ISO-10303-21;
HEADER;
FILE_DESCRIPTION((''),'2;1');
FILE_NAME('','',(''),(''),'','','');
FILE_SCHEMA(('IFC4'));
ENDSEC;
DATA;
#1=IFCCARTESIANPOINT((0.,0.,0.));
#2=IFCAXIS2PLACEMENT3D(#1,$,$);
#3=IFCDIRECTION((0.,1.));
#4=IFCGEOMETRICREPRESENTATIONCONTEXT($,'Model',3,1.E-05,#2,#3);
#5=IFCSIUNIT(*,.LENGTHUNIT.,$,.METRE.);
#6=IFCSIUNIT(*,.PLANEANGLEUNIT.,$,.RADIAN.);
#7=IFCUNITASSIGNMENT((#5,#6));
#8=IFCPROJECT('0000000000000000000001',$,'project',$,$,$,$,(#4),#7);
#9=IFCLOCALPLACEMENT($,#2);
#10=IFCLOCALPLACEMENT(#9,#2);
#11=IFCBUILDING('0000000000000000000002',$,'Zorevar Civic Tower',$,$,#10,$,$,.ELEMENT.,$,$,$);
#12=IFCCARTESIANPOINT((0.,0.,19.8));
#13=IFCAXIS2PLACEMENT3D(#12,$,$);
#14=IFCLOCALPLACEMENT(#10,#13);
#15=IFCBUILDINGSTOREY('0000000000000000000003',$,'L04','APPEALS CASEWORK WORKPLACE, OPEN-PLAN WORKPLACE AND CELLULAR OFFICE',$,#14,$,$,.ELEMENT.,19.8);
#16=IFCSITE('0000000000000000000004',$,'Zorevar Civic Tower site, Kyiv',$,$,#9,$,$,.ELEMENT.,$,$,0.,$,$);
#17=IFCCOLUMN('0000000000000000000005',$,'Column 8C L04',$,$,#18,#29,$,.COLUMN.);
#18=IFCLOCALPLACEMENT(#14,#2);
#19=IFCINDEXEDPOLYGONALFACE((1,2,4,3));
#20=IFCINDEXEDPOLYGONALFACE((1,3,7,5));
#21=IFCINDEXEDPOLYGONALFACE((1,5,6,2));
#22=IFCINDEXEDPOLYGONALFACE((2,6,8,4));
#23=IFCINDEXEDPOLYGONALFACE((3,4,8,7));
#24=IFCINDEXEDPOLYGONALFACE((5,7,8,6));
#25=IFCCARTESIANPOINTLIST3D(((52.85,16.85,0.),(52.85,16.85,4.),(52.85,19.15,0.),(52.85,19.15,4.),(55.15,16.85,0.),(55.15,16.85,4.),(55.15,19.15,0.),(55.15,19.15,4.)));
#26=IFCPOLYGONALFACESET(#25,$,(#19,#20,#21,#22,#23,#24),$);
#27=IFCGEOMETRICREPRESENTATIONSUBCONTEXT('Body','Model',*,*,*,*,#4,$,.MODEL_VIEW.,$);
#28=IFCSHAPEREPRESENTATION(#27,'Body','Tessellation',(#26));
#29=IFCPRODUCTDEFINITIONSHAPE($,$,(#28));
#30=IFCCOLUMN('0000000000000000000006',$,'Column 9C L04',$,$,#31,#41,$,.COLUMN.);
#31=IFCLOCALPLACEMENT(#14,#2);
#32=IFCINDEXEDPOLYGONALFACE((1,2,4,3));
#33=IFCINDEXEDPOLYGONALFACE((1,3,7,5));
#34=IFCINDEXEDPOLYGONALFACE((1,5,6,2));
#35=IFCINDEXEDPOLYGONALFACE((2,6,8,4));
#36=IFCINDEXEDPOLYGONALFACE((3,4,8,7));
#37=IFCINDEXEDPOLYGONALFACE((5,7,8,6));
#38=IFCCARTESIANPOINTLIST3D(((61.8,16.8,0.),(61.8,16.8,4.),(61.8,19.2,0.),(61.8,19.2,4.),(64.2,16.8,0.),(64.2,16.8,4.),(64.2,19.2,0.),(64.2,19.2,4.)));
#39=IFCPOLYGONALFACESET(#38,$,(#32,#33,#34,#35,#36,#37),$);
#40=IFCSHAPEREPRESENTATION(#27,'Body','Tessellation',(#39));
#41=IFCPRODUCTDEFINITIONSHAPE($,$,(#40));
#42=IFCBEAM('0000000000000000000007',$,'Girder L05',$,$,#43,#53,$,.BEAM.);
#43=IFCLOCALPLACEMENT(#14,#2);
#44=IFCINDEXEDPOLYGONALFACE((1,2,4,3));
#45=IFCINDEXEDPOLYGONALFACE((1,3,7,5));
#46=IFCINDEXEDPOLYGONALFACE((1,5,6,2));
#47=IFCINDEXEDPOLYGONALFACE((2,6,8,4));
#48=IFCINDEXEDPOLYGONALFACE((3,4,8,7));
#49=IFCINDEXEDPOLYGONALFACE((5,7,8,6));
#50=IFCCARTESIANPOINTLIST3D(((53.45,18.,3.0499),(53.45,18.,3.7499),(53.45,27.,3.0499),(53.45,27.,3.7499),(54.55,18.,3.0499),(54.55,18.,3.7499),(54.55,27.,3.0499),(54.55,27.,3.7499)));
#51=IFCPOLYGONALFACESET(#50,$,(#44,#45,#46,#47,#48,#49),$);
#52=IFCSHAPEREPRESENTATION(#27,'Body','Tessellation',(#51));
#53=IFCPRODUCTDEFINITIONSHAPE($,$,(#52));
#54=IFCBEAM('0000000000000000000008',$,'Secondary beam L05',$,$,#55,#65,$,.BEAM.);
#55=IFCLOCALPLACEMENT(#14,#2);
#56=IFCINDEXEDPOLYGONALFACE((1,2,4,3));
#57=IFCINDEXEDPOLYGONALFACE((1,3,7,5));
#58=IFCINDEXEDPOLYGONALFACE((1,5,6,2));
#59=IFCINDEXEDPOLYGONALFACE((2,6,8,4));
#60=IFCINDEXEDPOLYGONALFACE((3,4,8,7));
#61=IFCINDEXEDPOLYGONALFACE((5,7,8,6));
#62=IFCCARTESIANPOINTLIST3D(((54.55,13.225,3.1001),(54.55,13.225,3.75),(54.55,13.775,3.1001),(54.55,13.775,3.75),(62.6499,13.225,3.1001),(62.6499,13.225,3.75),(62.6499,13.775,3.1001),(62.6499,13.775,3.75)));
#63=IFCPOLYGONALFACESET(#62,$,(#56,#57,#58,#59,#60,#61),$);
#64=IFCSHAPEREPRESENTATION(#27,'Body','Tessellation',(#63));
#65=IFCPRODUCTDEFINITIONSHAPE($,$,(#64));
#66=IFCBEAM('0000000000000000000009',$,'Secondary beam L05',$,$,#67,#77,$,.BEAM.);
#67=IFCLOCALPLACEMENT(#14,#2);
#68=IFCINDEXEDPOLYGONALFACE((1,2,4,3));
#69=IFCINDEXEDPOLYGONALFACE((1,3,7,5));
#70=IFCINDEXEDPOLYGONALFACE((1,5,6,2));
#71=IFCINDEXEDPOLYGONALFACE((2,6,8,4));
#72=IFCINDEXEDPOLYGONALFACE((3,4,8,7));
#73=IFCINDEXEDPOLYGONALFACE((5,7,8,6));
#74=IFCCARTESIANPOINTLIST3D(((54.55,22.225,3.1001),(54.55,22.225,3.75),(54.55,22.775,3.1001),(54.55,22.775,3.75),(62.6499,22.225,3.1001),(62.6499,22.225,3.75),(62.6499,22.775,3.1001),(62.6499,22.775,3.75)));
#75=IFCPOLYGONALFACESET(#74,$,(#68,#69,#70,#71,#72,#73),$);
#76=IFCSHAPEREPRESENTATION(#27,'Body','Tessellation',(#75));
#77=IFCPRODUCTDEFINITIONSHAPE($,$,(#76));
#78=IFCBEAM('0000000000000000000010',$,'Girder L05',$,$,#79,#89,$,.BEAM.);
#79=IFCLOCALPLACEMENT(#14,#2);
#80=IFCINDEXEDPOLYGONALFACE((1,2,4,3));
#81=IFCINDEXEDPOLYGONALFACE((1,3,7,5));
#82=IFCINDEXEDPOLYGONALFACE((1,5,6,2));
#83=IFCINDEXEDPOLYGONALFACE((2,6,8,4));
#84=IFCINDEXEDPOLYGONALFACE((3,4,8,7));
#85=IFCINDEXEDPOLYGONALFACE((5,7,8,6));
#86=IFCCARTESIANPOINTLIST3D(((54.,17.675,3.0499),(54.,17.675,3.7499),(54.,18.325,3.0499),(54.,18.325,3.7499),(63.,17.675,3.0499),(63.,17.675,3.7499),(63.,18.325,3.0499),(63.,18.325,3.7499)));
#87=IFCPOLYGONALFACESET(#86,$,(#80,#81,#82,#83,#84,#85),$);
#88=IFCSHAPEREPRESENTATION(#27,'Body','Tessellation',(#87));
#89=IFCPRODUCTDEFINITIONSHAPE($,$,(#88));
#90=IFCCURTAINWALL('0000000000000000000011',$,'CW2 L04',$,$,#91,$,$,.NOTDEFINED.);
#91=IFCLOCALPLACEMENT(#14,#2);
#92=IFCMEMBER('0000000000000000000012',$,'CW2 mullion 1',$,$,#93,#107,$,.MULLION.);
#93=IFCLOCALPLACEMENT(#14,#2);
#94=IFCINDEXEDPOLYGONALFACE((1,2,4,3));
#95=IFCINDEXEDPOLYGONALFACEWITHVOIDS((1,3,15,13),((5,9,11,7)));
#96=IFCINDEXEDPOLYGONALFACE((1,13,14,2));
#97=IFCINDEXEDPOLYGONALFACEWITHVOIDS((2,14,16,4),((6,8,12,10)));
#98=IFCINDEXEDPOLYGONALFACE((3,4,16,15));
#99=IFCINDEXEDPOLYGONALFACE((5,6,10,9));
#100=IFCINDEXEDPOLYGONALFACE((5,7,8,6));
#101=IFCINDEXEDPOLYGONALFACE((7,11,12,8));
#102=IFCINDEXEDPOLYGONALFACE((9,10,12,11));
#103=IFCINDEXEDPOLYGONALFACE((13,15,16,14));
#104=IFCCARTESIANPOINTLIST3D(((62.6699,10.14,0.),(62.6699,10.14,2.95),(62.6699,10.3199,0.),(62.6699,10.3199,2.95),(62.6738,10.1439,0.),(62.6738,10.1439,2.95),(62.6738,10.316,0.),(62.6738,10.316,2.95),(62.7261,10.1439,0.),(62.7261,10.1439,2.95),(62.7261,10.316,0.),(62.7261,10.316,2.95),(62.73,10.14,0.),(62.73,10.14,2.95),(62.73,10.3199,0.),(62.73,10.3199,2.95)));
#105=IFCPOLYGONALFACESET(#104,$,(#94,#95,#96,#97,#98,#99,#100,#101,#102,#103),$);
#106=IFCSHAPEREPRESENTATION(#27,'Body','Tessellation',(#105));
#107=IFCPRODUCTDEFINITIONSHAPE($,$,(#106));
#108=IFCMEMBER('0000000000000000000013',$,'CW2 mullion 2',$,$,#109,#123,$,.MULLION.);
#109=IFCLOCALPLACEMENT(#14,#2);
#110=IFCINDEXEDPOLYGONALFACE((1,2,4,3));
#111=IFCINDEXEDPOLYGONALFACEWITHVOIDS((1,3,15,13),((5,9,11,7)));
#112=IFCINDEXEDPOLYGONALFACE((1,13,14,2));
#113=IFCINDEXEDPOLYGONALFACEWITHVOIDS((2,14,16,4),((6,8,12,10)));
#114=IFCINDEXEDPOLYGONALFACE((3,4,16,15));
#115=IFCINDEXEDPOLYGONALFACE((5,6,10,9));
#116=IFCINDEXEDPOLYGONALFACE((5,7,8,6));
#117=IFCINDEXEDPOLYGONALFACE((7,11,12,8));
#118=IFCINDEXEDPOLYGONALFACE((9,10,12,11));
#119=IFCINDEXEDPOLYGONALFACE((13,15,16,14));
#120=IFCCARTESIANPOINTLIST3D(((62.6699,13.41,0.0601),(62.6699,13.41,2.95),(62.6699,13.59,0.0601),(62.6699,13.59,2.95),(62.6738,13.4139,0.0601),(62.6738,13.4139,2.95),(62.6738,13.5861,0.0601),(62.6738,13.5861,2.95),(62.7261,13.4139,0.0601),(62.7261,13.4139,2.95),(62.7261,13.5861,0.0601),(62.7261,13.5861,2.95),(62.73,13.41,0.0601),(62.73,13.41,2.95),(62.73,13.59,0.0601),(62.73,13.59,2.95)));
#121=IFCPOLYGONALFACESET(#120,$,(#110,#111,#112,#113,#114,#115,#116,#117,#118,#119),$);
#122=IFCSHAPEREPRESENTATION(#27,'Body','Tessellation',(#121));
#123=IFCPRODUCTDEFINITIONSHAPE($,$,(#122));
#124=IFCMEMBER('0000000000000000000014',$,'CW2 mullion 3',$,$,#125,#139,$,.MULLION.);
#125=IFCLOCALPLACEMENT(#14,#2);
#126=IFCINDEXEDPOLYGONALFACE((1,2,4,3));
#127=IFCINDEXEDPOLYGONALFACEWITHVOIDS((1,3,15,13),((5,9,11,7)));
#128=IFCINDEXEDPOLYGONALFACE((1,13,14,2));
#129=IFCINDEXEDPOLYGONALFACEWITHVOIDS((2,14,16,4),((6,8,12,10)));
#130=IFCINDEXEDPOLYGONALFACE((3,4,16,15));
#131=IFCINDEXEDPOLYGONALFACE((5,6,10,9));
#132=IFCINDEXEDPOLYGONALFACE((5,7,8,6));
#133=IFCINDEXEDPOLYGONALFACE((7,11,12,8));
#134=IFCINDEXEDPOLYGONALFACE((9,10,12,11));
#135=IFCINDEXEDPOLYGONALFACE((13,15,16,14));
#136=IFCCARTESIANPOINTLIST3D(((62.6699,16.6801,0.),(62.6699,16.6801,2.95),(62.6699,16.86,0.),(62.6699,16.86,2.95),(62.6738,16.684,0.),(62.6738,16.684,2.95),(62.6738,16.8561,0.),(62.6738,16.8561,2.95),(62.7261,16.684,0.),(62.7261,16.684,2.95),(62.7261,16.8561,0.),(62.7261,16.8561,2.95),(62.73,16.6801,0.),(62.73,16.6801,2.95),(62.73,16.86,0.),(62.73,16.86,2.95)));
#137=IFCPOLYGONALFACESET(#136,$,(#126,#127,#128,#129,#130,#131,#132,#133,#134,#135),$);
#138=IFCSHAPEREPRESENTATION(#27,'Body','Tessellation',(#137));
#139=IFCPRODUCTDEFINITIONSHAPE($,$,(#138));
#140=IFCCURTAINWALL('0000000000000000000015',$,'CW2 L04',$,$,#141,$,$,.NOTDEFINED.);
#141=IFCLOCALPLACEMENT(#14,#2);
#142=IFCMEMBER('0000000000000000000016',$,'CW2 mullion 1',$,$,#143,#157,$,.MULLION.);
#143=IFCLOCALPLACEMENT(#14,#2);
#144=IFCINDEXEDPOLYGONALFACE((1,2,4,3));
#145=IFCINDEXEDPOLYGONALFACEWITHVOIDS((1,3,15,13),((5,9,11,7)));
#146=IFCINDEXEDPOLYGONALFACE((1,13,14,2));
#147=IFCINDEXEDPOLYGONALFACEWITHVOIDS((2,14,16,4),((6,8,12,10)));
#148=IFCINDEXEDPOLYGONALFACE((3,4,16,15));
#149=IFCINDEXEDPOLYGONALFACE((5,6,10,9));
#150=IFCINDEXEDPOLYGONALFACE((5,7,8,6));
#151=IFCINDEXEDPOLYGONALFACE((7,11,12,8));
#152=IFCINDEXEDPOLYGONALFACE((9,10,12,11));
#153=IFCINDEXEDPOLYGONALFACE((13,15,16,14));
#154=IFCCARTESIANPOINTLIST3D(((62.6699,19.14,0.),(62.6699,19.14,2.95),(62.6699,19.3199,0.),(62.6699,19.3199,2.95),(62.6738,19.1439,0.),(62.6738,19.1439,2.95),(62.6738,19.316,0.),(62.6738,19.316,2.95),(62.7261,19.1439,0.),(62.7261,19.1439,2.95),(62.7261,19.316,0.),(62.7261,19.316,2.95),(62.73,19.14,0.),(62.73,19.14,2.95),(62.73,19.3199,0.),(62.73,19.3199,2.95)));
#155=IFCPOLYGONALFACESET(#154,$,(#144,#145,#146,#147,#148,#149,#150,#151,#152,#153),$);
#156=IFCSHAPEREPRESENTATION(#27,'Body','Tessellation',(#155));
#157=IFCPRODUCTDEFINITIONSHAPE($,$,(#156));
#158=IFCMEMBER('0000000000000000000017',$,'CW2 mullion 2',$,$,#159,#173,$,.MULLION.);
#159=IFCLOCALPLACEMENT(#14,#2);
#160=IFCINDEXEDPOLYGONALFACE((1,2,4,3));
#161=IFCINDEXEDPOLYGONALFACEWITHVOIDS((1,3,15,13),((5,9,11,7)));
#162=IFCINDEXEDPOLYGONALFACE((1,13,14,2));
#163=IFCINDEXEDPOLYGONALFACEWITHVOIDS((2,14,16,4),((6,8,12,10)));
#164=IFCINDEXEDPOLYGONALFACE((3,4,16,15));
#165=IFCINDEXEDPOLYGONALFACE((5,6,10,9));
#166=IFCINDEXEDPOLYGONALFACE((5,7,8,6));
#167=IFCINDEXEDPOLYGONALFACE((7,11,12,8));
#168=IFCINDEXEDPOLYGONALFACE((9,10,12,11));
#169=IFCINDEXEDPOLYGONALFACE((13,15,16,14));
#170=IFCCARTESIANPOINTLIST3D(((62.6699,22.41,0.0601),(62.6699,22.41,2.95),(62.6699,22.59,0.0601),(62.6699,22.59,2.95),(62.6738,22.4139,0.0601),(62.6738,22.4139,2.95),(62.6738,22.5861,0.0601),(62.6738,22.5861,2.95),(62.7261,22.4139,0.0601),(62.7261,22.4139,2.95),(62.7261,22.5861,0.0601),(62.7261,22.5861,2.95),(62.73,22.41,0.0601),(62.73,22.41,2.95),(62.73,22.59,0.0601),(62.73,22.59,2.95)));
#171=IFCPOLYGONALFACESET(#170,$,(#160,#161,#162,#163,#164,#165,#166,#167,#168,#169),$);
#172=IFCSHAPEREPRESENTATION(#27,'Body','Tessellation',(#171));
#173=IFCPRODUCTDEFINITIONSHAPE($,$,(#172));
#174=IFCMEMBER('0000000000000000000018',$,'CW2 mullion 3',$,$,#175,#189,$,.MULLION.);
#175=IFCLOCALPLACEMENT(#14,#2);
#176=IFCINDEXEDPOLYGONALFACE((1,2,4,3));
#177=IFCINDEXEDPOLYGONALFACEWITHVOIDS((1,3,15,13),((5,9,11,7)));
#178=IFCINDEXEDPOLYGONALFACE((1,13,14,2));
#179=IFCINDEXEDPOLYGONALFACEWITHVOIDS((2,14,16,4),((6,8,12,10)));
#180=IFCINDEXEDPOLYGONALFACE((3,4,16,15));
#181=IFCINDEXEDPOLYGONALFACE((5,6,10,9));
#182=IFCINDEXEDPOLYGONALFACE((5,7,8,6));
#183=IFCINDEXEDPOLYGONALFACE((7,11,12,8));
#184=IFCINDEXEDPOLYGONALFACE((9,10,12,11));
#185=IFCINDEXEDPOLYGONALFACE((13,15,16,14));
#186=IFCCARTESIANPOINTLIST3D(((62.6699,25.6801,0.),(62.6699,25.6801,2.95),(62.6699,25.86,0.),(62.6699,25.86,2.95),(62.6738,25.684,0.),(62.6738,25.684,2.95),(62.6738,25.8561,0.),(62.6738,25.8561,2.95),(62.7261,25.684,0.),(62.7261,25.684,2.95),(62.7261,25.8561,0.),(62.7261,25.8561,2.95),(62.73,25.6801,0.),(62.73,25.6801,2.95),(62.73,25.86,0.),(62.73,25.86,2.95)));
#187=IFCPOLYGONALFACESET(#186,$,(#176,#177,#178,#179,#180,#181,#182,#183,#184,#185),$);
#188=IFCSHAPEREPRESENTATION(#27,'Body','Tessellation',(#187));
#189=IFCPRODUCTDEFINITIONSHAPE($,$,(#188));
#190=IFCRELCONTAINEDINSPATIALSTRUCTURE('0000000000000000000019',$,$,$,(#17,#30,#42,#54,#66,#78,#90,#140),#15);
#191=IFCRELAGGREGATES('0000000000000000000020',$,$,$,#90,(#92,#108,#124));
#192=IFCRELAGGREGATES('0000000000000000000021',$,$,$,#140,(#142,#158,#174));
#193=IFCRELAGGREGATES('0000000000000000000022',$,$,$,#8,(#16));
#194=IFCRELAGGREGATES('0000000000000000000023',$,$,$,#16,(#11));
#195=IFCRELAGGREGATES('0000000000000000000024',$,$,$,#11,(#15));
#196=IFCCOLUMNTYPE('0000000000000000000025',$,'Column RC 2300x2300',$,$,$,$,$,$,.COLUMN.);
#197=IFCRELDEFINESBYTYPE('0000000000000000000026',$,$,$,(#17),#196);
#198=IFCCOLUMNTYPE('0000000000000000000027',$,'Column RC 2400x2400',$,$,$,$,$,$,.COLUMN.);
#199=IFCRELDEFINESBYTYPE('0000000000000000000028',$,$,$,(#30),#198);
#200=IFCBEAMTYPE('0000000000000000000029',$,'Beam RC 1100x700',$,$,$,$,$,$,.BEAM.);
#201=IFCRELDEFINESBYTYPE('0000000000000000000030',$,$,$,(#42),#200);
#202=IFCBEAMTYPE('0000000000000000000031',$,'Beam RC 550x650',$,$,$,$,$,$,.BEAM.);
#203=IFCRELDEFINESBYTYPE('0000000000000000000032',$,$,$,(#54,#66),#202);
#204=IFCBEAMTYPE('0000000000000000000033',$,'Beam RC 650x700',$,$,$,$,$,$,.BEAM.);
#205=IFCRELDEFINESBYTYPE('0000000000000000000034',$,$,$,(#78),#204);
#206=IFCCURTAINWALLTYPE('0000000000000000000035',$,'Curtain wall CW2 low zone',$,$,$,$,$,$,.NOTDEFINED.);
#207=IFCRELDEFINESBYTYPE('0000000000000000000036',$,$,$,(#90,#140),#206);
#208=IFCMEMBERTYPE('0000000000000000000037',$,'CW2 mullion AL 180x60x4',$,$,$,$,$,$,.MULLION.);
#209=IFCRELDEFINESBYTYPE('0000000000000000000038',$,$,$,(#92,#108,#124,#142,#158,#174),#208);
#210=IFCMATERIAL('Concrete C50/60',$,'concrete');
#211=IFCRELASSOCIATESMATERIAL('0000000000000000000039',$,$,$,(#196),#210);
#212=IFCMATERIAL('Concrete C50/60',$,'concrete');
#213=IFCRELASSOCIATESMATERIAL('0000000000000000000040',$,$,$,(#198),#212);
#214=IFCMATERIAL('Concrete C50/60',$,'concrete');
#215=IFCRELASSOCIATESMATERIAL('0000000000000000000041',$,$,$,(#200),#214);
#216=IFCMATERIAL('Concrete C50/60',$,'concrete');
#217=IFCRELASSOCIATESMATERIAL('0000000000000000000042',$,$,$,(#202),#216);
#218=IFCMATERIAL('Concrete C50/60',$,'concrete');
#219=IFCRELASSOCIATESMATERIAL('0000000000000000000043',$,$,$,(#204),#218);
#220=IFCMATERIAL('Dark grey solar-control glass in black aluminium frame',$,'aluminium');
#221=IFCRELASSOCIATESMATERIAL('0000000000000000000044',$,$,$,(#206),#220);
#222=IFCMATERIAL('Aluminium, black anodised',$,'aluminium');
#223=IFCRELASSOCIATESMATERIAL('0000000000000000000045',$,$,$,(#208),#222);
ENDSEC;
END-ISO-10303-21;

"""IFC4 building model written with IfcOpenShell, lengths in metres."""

from ifc_helpers import new_model, si_unit, direction, frame, origin, origin_2d, place, context, subcontext, project, spatial, rectangle, hollow_rectangle, extrude, material, material_profile, profile_set, type_object, element, aggregate, save


model = new_model("IFC4")

# Units and contexts
model_context = context("Model", 3, precision=1e-05, world=origin(), true_north=direction((0.0, 1.0)))
body_context = subcontext(model_context, "Body", "Model", "MODEL_VIEW")
ifc_project = project(units=[si_unit("LENGTHUNIT", "METRE"), si_unit("PLANEANGLEUNIT", "RADIAN")], contexts=[model_context])

# Site, building, storey
site_placement = place(None, origin())
site = spatial("IfcSite", under=ifc_project, at=site_placement, Name="Zorevar Civic Tower site, Kyiv", CompositionType="ELEMENT", RefElevation=0.0)
building_placement = place(site_placement, origin())
building = spatial("IfcBuilding", under=site, at=building_placement, Name="Zorevar Civic Tower", CompositionType="ELEMENT")
storey_placement = place(building_placement, frame((0.0, 0.0, 19.8)))
storey = spatial("IfcBuildingStorey", under=building, at=storey_placement, Name="L04", Description="APPEALS CASEWORK WORKPLACE, OPEN-PLAN WORKPLACE AND CELLULAR OFFICE", CompositionType="ELEMENT", Elevation=19.8)

# Columns
ifc_material_1 = material(Name="Concrete C50/60", Category="concrete")
ifc_material_profile_1 = material_profile(ifc_material_1, rectangle(XDim=2.3, YDim=2.3, at=origin_2d()), Name="RC 2300x2300")
ifc_profile_set_1 = profile_set([ifc_material_profile_1], Name="Concrete C50/60")
column_type_1 = type_object("IfcColumnType", Name="Column RC 2300x2300", PredefinedType="COLUMN", material=ifc_profile_set_1)
column_1_placement = place(storey_placement, frame((54.0, 18.0, 0.0), z_axis=(0.0, 0.0, 1.0), x_axis=(1.0, 0.0, 0.0)))
element("IfcColumn", 1, at=column_1_placement, inside=storey, type_object=column_type_1, Name="Column 8C L04", PredefinedType="COLUMN", context=body_context, shape_type="SweptSolid", body=[
    extrude(rectangle(XDim=2.3, YDim=2.3, at=origin_2d()), origin(), (0.0, 0.0, 1.0), 4.0),
])
ifc_material_2 = material(Name="Concrete C50/60", Category="concrete")
ifc_material_profile_2 = material_profile(ifc_material_2, rectangle(XDim=2.3999, YDim=2.3999, at=origin_2d()), Name="RC 2400x2400")
ifc_profile_set_2 = profile_set([ifc_material_profile_2], Name="Concrete C50/60")
column_type_2 = type_object("IfcColumnType", Name="Column RC 2400x2400", PredefinedType="COLUMN", material=ifc_profile_set_2)
column_2_placement = place(storey_placement, frame((63.0, 18.0, 0.0), z_axis=(0.0, 0.0, 1.0), x_axis=(1.0, 0.0, 0.0)))
element("IfcColumn", 2, at=column_2_placement, inside=storey, type_object=column_type_2, Name="Column 9C L04", PredefinedType="COLUMN", context=body_context, shape_type="SweptSolid", body=[
    extrude(rectangle(XDim=2.3999, YDim=2.3999, at=origin_2d()), origin(), (0.0, 0.0, 1.0), 4.0),
])

# Beams
ifc_material_3 = material(Name="Concrete C50/60", Category="concrete")
ifc_material_profile_3 = material_profile(ifc_material_3, rectangle(XDim=1.1001, YDim=0.7, at=origin_2d()), Name="RC 1100x700")
ifc_profile_set_3 = profile_set([ifc_material_profile_3], Name="Concrete C50/60")
beam_type_1 = type_object("IfcBeamType", Name="Beam RC 1100x700", PredefinedType="BEAM", material=ifc_profile_set_3)
beam_1_placement = place(storey_placement, frame((54.0, 18.0, 3.3999), z_axis=(0.0, 1.0, 0.0), x_axis=(-1.0, 0.0, 0.0)))
element("IfcBeam", 3, at=beam_1_placement, inside=storey, type_object=beam_type_1, Name="Girder L05", PredefinedType="BEAM", context=body_context, shape_type="SweptSolid", body=[
    extrude(rectangle(XDim=1.1001, YDim=0.7, at=origin_2d()), origin(), (0.0, 0.0, 1.0), 9.0),
])
ifc_material_4 = material(Name="Concrete C50/60", Category="concrete")
ifc_material_profile_4 = material_profile(ifc_material_4, rectangle(XDim=0.55, YDim=0.6499, at=origin_2d()), Name="RC 550x650")
ifc_profile_set_4 = profile_set([ifc_material_profile_4], Name="Concrete C50/60")
beam_type_2 = type_object("IfcBeamType", Name="Beam RC 550x650", PredefinedType="BEAM", material=ifc_profile_set_4)
for number, where, z_axis, x_axis, name in (
    (4, (54.55, 13.5, 3.425), (1.0, 0.0, 0.0), (0.0, 1.0, 0.0), "Secondary beam L05"),
    (5, (54.55, 22.5, 3.425), (1.0, 0.0, 0.0), (0.0, 1.0, 0.0), "Secondary beam L05"),
):
    element("IfcBeam", number, at=place(storey_placement, frame(where, z_axis=z_axis, x_axis=x_axis)), inside=storey, type_object=beam_type_2, Name=name, PredefinedType="BEAM", context=body_context, shape_type="SweptSolid", body=[
        extrude(rectangle(XDim=0.55, YDim=0.6499, at=origin_2d()), origin(), (0.0, 0.0, 1.0), 8.0999),
    ])
ifc_material_5 = material(Name="Concrete C50/60", Category="concrete")
ifc_material_profile_5 = material_profile(ifc_material_5, rectangle(XDim=0.6499, YDim=0.7, at=origin_2d()), Name="RC 650x700")
ifc_profile_set_5 = profile_set([ifc_material_profile_5], Name="Concrete C50/60")
beam_type_3 = type_object("IfcBeamType", Name="Beam RC 650x700", PredefinedType="BEAM", material=ifc_profile_set_5)
beam_2_placement = place(storey_placement, frame((54.0, 18.0, 3.3999), z_axis=(1.0, 0.0, 0.0), x_axis=(0.0, 1.0, 0.0)))
element("IfcBeam", 6, at=beam_2_placement, inside=storey, type_object=beam_type_3, Name="Girder L05", PredefinedType="BEAM", context=body_context, shape_type="SweptSolid", body=[
    extrude(rectangle(XDim=0.6499, YDim=0.7, at=origin_2d()), origin(), (0.0, 0.0, 1.0), 9.0),
])

# Curtain walls, members
ifc_material_6 = material(Name="Dark grey solar-control glass in black aluminium frame", Category="aluminium")
curtain_wall_type = type_object("IfcCurtainWallType", Name="Curtain wall CW2 low zone", PredefinedType="NOTDEFINED", material=ifc_material_6)
curtain_wall_1_placement = place(storey_placement, origin())
curtain_wall_1 = element("IfcCurtainWall", 7, at=curtain_wall_1_placement, inside=storey, type_object=curtain_wall_type, Name="CW2 L04", PredefinedType="NOTDEFINED")
ifc_material_7 = material(Name="Aluminium, black anodised", Category="aluminium")
ifc_material_profile_6 = material_profile(ifc_material_7, hollow_rectangle(XDim=0.0601, YDim=0.1799, WallThickness=0.0039, at=origin_2d()), Name="AL 180x60x4")
ifc_profile_set_6 = profile_set([ifc_material_profile_6], Name="Aluminium, black anodised")
member_type_1 = type_object("IfcMemberType", Name="CW2 mullion AL 180x60x4", PredefinedType="MULLION", material=ifc_profile_set_6)
member_1_placement = place(storey_placement, frame((62.7, 10.23, 0.0), z_axis=(0.0, 0.0, 1.0), x_axis=(-1.0, 0.0, 0.0)))
member_1 = element("IfcMember", 8, at=member_1_placement, type_object=member_type_1, Name="CW2 mullion 1", PredefinedType="MULLION", context=body_context, shape_type="SweptSolid", body=[
    extrude(hollow_rectangle(XDim=0.0601, YDim=0.1799, WallThickness=0.0039, at=origin_2d()), origin(), (0.0, 0.0, 1.0), 2.95),
])
member_2_placement = place(storey_placement, frame((62.7, 13.5, 0.0601), z_axis=(0.0, 0.0, 1.0), x_axis=(-1.0, 0.0, 0.0)))
member_2 = element("IfcMember", 9, at=member_2_placement, type_object=member_type_1, Name="CW2 mullion 2", PredefinedType="MULLION", context=body_context, shape_type="SweptSolid", body=[
    extrude(hollow_rectangle(XDim=0.0601, YDim=0.1799, WallThickness=0.0039, at=origin_2d()), origin(), (0.0, 0.0, 1.0), 2.8899),
])
member_3_placement = place(storey_placement, frame((62.7, 16.77, 0.0), z_axis=(0.0, 0.0, 1.0), x_axis=(-1.0, 0.0, 0.0)))
member_3 = element("IfcMember", 10, at=member_3_placement, type_object=member_type_1, Name="CW2 mullion 3", PredefinedType="MULLION", context=body_context, shape_type="SweptSolid", body=[
    extrude(hollow_rectangle(XDim=0.0601, YDim=0.1799, WallThickness=0.0039, at=origin_2d()), origin(), (0.0, 0.0, 1.0), 2.95),
])
curtain_wall_2_placement = place(storey_placement, origin())
curtain_wall_2 = element("IfcCurtainWall", 11, at=curtain_wall_2_placement, inside=storey, type_object=curtain_wall_type, Name="CW2 L04", PredefinedType="NOTDEFINED")
member_4_placement = place(storey_placement, frame((62.7, 19.23, 0.0), z_axis=(0.0, 0.0, 1.0), x_axis=(-1.0, 0.0, 0.0)))
member_4 = element("IfcMember", 12, at=member_4_placement, type_object=member_type_1, Name="CW2 mullion 1", PredefinedType="MULLION", context=body_context, shape_type="SweptSolid", body=[
    extrude(hollow_rectangle(XDim=0.0601, YDim=0.1799, WallThickness=0.0039, at=origin_2d()), origin(), (0.0, 0.0, 1.0), 2.95),
])
member_5_placement = place(storey_placement, frame((62.7, 22.5, 0.0601), z_axis=(0.0, 0.0, 1.0), x_axis=(-1.0, 0.0, 0.0)))
member_5 = element("IfcMember", 13, at=member_5_placement, type_object=member_type_1, Name="CW2 mullion 2", PredefinedType="MULLION", context=body_context, shape_type="SweptSolid", body=[
    extrude(hollow_rectangle(XDim=0.0601, YDim=0.1799, WallThickness=0.0039, at=origin_2d()), origin(), (0.0, 0.0, 1.0), 2.8899),
])
member_6_placement = place(storey_placement, frame((62.7, 25.77, 0.0), z_axis=(0.0, 0.0, 1.0), x_axis=(-1.0, 0.0, 0.0)))
member_6 = element("IfcMember", 14, at=member_6_placement, type_object=member_type_1, Name="CW2 mullion 3", PredefinedType="MULLION", context=body_context, shape_type="SweptSolid", body=[
    extrude(hollow_rectangle(XDim=0.0601, YDim=0.1799, WallThickness=0.0039, at=origin_2d()), origin(), (0.0, 0.0, 1.0), 2.95),
])

aggregate(curtain_wall_1, [member_1, member_2, member_3])
aggregate(curtain_wall_2, [member_4, member_5, member_6])

save(model, "model.ifc")
